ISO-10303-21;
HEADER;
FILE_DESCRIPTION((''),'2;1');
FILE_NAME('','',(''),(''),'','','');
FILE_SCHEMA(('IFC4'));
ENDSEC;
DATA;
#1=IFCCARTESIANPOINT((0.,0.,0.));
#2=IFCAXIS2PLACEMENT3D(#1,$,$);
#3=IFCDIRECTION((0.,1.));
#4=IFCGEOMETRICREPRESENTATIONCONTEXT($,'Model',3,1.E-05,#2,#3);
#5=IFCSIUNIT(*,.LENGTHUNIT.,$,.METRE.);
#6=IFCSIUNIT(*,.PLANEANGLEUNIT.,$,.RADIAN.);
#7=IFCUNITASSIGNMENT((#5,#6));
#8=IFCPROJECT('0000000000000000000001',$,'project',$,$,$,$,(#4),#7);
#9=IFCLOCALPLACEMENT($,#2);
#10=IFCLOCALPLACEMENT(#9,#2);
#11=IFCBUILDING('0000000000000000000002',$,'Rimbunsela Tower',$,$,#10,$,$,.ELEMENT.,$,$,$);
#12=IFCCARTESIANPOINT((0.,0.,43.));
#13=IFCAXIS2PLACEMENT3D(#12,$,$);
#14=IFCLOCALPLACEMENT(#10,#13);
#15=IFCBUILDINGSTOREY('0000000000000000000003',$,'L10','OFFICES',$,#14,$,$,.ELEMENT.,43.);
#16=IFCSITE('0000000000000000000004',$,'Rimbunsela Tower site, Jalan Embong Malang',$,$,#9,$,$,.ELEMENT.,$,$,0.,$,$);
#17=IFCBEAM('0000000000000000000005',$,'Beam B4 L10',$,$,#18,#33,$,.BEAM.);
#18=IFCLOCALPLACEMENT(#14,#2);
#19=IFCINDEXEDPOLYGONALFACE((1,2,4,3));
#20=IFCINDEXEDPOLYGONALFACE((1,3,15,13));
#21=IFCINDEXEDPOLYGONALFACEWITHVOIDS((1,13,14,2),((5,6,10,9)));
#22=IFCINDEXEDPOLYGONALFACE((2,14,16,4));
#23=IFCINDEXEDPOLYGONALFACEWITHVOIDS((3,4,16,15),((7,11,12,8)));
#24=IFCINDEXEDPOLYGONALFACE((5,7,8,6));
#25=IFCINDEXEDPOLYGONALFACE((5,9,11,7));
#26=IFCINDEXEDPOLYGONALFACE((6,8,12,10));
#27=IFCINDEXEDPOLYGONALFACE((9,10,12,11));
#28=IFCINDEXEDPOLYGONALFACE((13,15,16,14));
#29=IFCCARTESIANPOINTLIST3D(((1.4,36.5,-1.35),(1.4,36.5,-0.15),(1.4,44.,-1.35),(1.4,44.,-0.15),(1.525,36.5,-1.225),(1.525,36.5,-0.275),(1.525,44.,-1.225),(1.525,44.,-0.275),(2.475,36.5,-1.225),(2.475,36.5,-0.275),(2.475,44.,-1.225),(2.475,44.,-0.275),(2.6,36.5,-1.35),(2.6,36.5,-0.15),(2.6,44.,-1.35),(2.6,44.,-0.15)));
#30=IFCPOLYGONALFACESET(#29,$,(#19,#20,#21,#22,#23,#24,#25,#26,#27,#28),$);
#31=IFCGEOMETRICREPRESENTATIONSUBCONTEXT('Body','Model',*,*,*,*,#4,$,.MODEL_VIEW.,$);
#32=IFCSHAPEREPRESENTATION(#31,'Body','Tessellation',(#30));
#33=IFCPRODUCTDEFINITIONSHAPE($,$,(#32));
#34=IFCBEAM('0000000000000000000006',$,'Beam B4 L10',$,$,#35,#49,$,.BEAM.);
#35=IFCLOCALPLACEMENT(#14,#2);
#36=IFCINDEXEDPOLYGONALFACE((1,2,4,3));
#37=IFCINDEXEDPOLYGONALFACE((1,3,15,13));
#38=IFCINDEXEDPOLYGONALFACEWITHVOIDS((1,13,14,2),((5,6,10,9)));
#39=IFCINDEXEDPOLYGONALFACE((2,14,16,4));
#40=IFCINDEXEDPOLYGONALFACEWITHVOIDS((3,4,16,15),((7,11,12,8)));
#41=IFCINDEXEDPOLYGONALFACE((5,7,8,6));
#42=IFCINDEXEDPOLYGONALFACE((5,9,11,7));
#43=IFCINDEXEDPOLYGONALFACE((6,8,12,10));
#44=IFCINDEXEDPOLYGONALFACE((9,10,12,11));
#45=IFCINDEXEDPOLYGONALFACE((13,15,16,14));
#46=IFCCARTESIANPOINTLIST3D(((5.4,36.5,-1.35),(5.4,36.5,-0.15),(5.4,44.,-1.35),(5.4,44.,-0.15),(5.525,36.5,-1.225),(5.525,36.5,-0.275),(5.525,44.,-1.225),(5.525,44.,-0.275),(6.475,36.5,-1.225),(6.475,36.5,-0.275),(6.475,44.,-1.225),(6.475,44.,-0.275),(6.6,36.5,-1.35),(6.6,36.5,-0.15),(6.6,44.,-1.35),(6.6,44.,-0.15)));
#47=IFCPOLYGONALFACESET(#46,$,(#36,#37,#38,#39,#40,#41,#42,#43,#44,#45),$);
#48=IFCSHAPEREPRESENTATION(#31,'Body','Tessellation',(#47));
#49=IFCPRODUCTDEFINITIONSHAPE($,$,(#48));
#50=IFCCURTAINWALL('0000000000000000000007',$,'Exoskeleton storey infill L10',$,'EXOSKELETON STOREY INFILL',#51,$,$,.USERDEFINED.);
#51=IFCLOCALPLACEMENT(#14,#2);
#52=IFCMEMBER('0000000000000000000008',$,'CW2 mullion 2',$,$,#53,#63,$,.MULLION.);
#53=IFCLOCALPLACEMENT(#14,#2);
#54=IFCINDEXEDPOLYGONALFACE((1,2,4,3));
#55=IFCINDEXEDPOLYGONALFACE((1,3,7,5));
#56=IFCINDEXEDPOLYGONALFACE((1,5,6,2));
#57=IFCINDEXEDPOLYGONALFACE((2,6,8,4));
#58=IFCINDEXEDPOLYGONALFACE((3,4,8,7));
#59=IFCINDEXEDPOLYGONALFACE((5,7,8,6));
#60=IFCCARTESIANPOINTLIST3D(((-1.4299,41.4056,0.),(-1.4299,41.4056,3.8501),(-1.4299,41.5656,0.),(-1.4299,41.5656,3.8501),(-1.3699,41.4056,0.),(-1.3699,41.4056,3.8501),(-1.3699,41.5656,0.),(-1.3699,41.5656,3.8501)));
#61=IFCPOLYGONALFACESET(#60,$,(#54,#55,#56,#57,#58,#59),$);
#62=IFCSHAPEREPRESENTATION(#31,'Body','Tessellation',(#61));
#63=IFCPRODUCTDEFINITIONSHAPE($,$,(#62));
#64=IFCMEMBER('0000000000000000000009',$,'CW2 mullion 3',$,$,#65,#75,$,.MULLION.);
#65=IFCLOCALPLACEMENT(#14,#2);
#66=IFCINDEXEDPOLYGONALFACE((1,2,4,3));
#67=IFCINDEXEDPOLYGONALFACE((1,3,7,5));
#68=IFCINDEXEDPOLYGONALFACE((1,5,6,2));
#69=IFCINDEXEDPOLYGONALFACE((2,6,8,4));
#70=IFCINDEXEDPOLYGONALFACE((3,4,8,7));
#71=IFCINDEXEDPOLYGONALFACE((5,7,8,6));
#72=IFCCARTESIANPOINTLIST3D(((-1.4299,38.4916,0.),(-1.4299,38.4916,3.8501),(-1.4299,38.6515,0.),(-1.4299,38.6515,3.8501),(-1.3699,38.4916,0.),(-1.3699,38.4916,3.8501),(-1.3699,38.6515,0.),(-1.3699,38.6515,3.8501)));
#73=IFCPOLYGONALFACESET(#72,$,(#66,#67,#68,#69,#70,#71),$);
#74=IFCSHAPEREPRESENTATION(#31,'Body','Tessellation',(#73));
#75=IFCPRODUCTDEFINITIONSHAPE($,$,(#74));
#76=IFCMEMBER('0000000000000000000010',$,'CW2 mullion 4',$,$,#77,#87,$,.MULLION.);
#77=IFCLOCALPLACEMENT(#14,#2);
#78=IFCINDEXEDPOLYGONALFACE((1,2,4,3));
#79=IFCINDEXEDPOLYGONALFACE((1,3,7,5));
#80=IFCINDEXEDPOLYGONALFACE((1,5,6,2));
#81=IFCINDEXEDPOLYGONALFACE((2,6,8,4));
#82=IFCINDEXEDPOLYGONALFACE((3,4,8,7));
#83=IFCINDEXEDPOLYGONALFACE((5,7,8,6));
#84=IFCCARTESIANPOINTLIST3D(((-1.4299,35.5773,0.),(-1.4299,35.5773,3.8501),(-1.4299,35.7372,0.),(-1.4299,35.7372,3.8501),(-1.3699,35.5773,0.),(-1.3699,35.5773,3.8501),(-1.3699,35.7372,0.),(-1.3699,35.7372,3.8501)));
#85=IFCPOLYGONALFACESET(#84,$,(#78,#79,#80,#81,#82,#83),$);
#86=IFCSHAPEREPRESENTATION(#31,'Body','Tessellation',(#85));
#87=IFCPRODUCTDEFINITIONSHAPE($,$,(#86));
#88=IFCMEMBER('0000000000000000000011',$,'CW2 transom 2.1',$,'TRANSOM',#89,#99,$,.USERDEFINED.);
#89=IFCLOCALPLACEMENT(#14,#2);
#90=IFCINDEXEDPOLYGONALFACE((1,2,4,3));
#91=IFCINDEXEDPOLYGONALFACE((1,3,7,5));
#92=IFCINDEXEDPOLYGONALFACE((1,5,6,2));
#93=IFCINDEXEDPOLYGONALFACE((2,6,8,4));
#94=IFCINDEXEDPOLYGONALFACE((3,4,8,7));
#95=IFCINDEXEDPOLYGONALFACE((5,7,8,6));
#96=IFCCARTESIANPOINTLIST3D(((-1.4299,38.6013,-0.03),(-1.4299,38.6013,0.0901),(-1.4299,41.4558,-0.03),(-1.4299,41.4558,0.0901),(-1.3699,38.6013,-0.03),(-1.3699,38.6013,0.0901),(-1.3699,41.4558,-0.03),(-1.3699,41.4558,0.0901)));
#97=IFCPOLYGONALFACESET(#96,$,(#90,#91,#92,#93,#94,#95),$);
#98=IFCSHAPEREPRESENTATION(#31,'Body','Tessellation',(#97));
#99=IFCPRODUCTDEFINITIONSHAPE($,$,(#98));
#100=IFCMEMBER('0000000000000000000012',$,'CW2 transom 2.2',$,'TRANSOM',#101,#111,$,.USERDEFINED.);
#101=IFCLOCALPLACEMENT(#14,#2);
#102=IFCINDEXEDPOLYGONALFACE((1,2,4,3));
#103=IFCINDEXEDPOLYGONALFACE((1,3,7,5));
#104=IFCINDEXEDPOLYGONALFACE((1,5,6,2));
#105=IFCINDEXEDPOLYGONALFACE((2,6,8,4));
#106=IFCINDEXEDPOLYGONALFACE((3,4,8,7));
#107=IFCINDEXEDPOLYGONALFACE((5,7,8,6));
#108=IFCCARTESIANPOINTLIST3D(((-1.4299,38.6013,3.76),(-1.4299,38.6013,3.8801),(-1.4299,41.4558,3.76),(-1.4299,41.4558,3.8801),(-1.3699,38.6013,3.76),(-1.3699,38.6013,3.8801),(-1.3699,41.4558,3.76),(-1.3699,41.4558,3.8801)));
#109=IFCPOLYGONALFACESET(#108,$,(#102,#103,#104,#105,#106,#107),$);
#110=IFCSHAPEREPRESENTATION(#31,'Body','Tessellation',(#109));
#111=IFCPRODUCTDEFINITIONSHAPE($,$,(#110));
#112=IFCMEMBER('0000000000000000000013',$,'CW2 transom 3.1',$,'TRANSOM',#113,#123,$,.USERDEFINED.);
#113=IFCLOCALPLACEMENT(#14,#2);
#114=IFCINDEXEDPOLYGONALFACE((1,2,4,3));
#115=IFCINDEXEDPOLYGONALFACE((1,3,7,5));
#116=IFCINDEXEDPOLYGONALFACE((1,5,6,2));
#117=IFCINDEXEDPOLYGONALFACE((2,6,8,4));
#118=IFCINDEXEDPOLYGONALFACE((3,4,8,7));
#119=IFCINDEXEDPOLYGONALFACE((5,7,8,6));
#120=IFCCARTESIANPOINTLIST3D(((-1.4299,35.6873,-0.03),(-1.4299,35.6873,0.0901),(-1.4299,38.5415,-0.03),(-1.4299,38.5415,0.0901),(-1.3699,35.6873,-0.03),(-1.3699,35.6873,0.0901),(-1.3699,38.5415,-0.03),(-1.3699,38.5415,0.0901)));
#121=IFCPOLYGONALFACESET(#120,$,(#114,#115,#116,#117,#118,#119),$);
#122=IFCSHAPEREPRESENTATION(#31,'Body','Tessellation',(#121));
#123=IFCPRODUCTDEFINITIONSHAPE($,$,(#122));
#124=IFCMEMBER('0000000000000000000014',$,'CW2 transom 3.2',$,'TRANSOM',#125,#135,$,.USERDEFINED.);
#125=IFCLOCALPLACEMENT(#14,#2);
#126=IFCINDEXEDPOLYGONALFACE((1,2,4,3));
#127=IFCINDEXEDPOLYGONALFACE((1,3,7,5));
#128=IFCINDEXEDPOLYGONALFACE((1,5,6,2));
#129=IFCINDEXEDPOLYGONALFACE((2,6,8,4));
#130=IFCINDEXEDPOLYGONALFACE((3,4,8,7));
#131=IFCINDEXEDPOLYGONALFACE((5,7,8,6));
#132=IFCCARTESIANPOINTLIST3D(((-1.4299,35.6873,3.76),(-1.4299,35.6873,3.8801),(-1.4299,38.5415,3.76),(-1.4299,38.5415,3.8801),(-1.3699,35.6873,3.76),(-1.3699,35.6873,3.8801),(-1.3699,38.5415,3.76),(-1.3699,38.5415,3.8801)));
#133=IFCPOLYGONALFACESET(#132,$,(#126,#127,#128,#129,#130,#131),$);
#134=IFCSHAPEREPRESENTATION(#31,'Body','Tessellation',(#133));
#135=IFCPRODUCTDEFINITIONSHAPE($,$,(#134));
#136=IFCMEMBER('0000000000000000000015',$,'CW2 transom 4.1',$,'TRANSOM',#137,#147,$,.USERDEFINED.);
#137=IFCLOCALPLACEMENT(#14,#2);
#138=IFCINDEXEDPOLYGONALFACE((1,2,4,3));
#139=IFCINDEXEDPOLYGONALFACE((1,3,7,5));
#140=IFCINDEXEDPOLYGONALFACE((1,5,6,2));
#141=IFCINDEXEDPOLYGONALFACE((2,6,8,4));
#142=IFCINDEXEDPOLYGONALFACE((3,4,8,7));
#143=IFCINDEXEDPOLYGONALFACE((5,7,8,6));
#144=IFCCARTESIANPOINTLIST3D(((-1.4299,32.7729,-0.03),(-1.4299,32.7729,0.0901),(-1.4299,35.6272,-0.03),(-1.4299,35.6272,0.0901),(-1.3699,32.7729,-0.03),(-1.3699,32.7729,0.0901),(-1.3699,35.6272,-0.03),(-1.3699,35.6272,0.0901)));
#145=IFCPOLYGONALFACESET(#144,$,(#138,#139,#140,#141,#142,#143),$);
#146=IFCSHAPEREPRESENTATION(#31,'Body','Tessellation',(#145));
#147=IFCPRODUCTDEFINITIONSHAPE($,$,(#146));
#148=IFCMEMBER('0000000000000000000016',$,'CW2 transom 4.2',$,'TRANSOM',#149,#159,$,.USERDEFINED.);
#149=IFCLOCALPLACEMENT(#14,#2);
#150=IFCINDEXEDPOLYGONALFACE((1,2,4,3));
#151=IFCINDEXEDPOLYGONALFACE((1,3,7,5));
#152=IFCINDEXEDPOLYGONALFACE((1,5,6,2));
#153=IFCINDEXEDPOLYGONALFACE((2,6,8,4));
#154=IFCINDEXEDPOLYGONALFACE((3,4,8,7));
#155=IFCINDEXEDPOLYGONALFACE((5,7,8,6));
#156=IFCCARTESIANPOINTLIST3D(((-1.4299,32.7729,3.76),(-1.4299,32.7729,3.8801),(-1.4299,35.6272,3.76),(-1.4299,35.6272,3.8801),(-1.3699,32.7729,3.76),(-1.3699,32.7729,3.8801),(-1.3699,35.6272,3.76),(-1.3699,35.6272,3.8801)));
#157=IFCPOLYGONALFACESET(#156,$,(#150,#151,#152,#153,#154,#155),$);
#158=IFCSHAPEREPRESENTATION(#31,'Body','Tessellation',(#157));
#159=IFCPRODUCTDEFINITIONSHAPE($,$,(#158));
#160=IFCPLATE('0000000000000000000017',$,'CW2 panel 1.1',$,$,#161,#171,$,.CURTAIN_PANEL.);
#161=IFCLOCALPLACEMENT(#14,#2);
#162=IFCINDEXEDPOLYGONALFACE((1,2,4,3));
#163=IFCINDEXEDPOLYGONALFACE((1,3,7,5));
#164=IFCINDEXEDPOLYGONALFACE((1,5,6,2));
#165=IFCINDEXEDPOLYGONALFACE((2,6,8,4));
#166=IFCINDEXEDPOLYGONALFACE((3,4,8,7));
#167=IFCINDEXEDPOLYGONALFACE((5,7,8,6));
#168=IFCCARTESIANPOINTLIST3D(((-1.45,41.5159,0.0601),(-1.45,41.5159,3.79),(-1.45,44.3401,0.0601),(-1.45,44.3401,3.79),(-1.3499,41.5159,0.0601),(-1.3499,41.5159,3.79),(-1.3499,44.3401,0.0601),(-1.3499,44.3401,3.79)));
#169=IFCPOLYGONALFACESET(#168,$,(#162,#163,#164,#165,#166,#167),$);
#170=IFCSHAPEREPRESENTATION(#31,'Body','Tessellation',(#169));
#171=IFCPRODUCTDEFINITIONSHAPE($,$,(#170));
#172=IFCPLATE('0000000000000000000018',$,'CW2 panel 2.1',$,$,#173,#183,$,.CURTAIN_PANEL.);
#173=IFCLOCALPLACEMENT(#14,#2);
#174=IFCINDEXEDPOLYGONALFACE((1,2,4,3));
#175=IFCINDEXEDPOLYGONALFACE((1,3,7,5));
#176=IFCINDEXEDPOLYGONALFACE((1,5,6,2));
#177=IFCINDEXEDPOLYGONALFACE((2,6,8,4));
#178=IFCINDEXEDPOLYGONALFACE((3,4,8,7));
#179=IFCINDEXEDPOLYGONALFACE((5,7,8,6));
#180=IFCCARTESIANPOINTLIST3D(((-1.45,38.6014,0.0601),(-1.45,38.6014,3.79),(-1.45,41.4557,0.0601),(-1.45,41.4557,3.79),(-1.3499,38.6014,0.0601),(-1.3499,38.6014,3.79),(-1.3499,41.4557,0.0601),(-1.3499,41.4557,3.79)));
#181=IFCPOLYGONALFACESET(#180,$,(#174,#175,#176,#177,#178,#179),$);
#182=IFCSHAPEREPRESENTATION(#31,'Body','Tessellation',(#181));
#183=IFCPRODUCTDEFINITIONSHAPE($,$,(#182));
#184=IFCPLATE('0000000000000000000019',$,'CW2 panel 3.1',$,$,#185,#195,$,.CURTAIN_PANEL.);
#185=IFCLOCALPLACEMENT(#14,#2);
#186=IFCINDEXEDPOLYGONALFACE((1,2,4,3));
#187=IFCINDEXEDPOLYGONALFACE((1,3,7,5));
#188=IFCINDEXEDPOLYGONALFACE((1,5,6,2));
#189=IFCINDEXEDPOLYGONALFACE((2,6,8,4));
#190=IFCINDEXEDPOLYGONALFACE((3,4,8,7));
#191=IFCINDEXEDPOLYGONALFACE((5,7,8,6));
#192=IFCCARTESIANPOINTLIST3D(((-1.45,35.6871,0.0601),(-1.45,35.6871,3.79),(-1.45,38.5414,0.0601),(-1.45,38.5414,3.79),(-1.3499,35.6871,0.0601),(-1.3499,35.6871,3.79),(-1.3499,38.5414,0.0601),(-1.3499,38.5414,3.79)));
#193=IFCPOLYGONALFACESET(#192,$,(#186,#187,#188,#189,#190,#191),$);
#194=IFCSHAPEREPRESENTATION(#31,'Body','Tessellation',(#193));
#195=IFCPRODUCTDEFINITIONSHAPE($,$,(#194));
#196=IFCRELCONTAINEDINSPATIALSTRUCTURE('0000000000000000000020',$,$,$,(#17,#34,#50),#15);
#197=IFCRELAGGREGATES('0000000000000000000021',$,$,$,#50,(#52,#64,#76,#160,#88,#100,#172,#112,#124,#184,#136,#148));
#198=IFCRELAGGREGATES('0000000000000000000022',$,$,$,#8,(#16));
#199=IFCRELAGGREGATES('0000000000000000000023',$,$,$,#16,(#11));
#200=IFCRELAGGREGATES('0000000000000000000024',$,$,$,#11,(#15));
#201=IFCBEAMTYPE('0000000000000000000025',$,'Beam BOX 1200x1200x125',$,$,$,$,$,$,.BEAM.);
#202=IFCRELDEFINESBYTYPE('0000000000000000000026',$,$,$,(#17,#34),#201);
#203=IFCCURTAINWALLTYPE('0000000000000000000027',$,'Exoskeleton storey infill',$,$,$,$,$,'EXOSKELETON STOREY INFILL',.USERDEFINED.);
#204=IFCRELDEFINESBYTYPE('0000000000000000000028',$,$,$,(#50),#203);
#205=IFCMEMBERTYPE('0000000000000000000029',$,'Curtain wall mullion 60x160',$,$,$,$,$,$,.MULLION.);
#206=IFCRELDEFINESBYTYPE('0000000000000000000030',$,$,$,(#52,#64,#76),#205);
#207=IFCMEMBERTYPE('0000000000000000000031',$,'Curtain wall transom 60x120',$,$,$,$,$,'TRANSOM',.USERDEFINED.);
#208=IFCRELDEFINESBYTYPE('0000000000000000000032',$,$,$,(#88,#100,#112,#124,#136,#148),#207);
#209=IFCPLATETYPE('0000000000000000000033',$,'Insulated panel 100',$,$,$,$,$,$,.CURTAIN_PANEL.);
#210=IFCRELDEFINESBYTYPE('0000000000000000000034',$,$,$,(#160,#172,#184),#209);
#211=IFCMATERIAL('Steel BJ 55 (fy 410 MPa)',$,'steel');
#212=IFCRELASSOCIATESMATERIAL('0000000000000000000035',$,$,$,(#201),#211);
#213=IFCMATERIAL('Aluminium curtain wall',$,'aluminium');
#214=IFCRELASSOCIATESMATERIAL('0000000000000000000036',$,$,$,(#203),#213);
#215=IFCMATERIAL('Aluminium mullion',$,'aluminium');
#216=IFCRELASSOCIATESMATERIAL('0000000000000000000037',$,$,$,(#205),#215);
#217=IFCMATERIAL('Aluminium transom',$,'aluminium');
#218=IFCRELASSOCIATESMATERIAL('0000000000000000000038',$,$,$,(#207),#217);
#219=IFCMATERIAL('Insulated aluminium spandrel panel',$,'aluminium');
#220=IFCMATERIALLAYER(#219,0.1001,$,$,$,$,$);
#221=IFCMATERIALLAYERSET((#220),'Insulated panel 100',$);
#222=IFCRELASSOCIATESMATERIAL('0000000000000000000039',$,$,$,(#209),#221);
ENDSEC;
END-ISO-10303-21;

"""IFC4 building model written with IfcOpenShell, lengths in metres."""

from ifc_helpers import new_model, si_unit, direction, frame, origin, origin_2d, place, context, subcontext, project, spatial, rectangle, hollow_rectangle, extrude, material, layer, layer_set, material_profile, profile_set, type_object, element, aggregate, save


model = new_model("IFC4")

# Units and contexts
model_context = context("Model", 3, precision=1e-05, world=origin(), true_north=direction((0.0, 1.0)))
body_context = subcontext(model_context, "Body", "Model", "MODEL_VIEW")
ifc_project = project(units=[si_unit("LENGTHUNIT", "METRE"), si_unit("PLANEANGLEUNIT", "RADIAN")], contexts=[model_context])

# Site, building, storey
site_placement = place(None, origin())
site = spatial("IfcSite", under=ifc_project, at=site_placement, Name="Rimbunsela Tower site, Jalan Embong Malang", CompositionType="ELEMENT", RefElevation=0.0)
building_placement = place(site_placement, origin())
building = spatial("IfcBuilding", under=site, at=building_placement, Name="Rimbunsela Tower", CompositionType="ELEMENT")
storey_placement = place(building_placement, frame((0.0, 0.0, 43.0)))
storey = spatial("IfcBuildingStorey", under=building, at=storey_placement, Name="L10", Description="OFFICES", CompositionType="ELEMENT", Elevation=43.0)

# Beams
ifc_material_1 = material(Name="Steel BJ 55 (fy 410 MPa)", Category="steel")
ifc_material_profile_1 = material_profile(ifc_material_1, hollow_rectangle(XDim=1.2, YDim=1.2, WallThickness=0.125, at=origin_2d()), Name="BOX 1200x1200x125")
ifc_profile_set_1 = profile_set([ifc_material_profile_1], Name="Steel BJ 55 (fy 410 MPa)")
beam_type = type_object("IfcBeamType", Name="Beam BOX 1200x1200x125", PredefinedType="BEAM", material=ifc_profile_set_1)
for number, where, z_axis, x_axis, name in (
    (1, (2.0, 36.5, -0.75), (0.0, 1.0, 0.0), (-1.0, 0.0, 0.0), "Beam B4 L10"),
    (2, (6.0, 36.5, -0.75), (0.0, 1.0, 0.0), (-1.0, 0.0, 0.0), "Beam B4 L10"),
):
    element("IfcBeam", number, at=place(storey_placement, frame(where, z_axis=z_axis, x_axis=x_axis)), inside=storey, type_object=beam_type, Name=name, PredefinedType="BEAM", context=body_context, shape_type="SweptSolid", body=[
        extrude(hollow_rectangle(XDim=1.2, YDim=1.2, WallThickness=0.125, at=origin_2d()), origin(), (0.0, 0.0, 1.0), 7.5),
    ])

# Curtain wall, members, plates
ifc_material_2 = material(Name="Aluminium curtain wall", Category="aluminium")
curtain_wall_type = type_object("IfcCurtainWallType", Name="Exoskeleton storey infill", ElementType="EXOSKELETON STOREY INFILL", PredefinedType="USERDEFINED", material=ifc_material_2)
curtain_wall_placement = place(storey_placement, origin())
curtain_wall = element("IfcCurtainWall", 3, at=curtain_wall_placement, inside=storey, type_object=curtain_wall_type, Name="Exoskeleton storey infill L10", ObjectType="EXOSKELETON STOREY INFILL", PredefinedType="USERDEFINED")
ifc_material_3 = material(Name="Aluminium mullion", Category="aluminium")
ifc_material_profile_2 = material_profile(ifc_material_3, rectangle(XDim=0.0601, YDim=0.1599, at=origin_2d()), Name="Mullion 60x160")
ifc_profile_set_2 = profile_set([ifc_material_profile_2], Name="Aluminium mullion")
member_type_1 = type_object("IfcMemberType", Name="Curtain wall mullion 60x160", PredefinedType="MULLION", material=ifc_profile_set_2)
member_1_placement = place(storey_placement, frame((-1.3999, 41.4856, 0.0), z_axis=(0.0, 0.0, 1.0), x_axis=(1.0, 0.0, 0.0)))
member_1 = element("IfcMember", 4, at=member_1_placement, type_object=member_type_1, Name="CW2 mullion 2", PredefinedType="MULLION", context=body_context, shape_type="SweptSolid", body=[
    extrude(rectangle(XDim=0.0601, YDim=0.1599, at=origin_2d()), origin(), (0.0, 0.0, 1.0), 3.8501),
])
member_2_placement = place(storey_placement, frame((-1.3999, 38.5715, 0.0), z_axis=(0.0, 0.0, 1.0), x_axis=(1.0, 0.0, 0.0)))
member_2 = element("IfcMember", 5, at=member_2_placement, type_object=member_type_1, Name="CW2 mullion 3", PredefinedType="MULLION", context=body_context, shape_type="SweptSolid", body=[
    extrude(rectangle(XDim=0.0601, YDim=0.1599, at=origin_2d()), origin(), (0.0, 0.0, 1.0), 3.8501),
])
member_3_placement = place(storey_placement, frame((-1.3999, 35.6572, 0.0), z_axis=(0.0, 0.0, 1.0), x_axis=(1.0, 0.0, 0.0)))
member_3 = element("IfcMember", 6, at=member_3_placement, type_object=member_type_1, Name="CW2 mullion 4", PredefinedType="MULLION", context=body_context, shape_type="SweptSolid", body=[
    extrude(rectangle(XDim=0.0601, YDim=0.1599, at=origin_2d()), origin(), (0.0, 0.0, 1.0), 3.8501),
])
ifc_material_4 = material(Name="Aluminium transom", Category="aluminium")
ifc_material_profile_3 = material_profile(ifc_material_4, rectangle(XDim=0.0601, YDim=0.1201, at=origin_2d()), Name="Transom 60x120")
ifc_profile_set_3 = profile_set([ifc_material_profile_3], Name="Aluminium transom")
member_type_2 = type_object("IfcMemberType", Name="Curtain wall transom 60x120", ElementType="TRANSOM", PredefinedType="USERDEFINED", material=ifc_profile_set_3)
member_4_placement = place(storey_placement, frame((-1.3999, 41.4558, 0.03), z_axis=(0.0, -1.0, 0.0), x_axis=(1.0, 0.0, 0.0)))
member_4 = element("IfcMember", 7, at=member_4_placement, type_object=member_type_2, Name="CW2 transom 2.1", ObjectType="TRANSOM", PredefinedType="USERDEFINED", context=body_context, shape_type="SweptSolid", body=[
    extrude(rectangle(XDim=0.0601, YDim=0.1201, at=origin_2d()), origin(), (0.0, 0.0, 1.0), 2.8545),
])
member_5_placement = place(storey_placement, frame((-1.3999, 41.4558, 3.8201), z_axis=(0.0, -1.0, 0.0), x_axis=(1.0, 0.0, 0.0)))
member_5 = element("IfcMember", 8, at=member_5_placement, type_object=member_type_2, Name="CW2 transom 2.2", ObjectType="TRANSOM", PredefinedType="USERDEFINED", context=body_context, shape_type="SweptSolid", body=[
    extrude(rectangle(XDim=0.0601, YDim=0.1201, at=origin_2d()), origin(), (0.0, 0.0, 1.0), 2.8545),
])
member_6_placement = place(storey_placement, frame((-1.3999, 38.5415, 0.03), z_axis=(0.0, -1.0, 0.0), x_axis=(1.0, 0.0, 0.0)))
member_6 = element("IfcMember", 9, at=member_6_placement, type_object=member_type_2, Name="CW2 transom 3.1", ObjectType="TRANSOM", PredefinedType="USERDEFINED", context=body_context, shape_type="SweptSolid", body=[
    extrude(rectangle(XDim=0.0601, YDim=0.1201, at=origin_2d()), origin(), (0.0, 0.0, 1.0), 2.8542),
])
member_7_placement = place(storey_placement, frame((-1.3999, 38.5415, 3.8201), z_axis=(0.0, -1.0, 0.0), x_axis=(1.0, 0.0, 0.0)))
member_7 = element("IfcMember", 10, at=member_7_placement, type_object=member_type_2, Name="CW2 transom 3.2", ObjectType="TRANSOM", PredefinedType="USERDEFINED", context=body_context, shape_type="SweptSolid", body=[
    extrude(rectangle(XDim=0.0601, YDim=0.1201, at=origin_2d()), origin(), (0.0, 0.0, 1.0), 2.8542),
])
member_8_placement = place(storey_placement, frame((-1.3999, 35.6272, 0.03), z_axis=(0.0, -1.0, 0.0), x_axis=(1.0, 0.0, 0.0)))
member_8 = element("IfcMember", 11, at=member_8_placement, type_object=member_type_2, Name="CW2 transom 4.1", ObjectType="TRANSOM", PredefinedType="USERDEFINED", context=body_context, shape_type="SweptSolid", body=[
    extrude(rectangle(XDim=0.0601, YDim=0.1201, at=origin_2d()), origin(), (0.0, 0.0, 1.0), 2.8542),
])
member_9_placement = place(storey_placement, frame((-1.3999, 35.6272, 3.8201), z_axis=(0.0, -1.0, 0.0), x_axis=(1.0, 0.0, 0.0)))
member_9 = element("IfcMember", 12, at=member_9_placement, type_object=member_type_2, Name="CW2 transom 4.2", ObjectType="TRANSOM", PredefinedType="USERDEFINED", context=body_context, shape_type="SweptSolid", body=[
    extrude(rectangle(XDim=0.0601, YDim=0.1201, at=origin_2d()), origin(), (0.0, 0.0, 1.0), 2.8542),
])
ifc_material_5 = material(Name="Insulated aluminium spandrel panel", Category="aluminium")
ifc_layer_1 = layer(ifc_material_5, 0.1001)
ifc_layer_set_1 = layer_set([ifc_layer_1], Name="Insulated panel 100")
plate_type = type_object("IfcPlateType", Name="Insulated panel 100", PredefinedType="CURTAIN_PANEL", material=ifc_layer_set_1)
plate_1_placement = place(storey_placement, frame((-1.3999, 42.928, 0.0601), z_axis=(0.0, 0.0, 1.0), x_axis=(0.0, -1.0, 0.0)))
plate_1 = element("IfcPlate", 13, at=plate_1_placement, type_object=plate_type, Name="CW2 panel 1.1", PredefinedType="CURTAIN_PANEL", context=body_context, shape_type="SweptSolid", body=[
    extrude(rectangle(XDim=2.8242, YDim=0.1001, at=origin_2d()), origin(), (0.0, 0.0, 1.0), 3.73),
])
plate_2_placement = place(storey_placement, frame((-1.3999, 40.0286, 0.0601), z_axis=(0.0, 0.0, 1.0), x_axis=(0.0, -1.0, 0.0)))
plate_2 = element("IfcPlate", 14, at=plate_2_placement, type_object=plate_type, Name="CW2 panel 2.1", PredefinedType="CURTAIN_PANEL", context=body_context, shape_type="SweptSolid", body=[
    extrude(rectangle(XDim=2.8542, YDim=0.1001, at=origin_2d()), origin(), (0.0, 0.0, 1.0), 3.73),
])
plate_3_placement = place(storey_placement, frame((-1.3999, 37.1143, 0.0601), z_axis=(0.0, 0.0, 1.0), x_axis=(0.0, -1.0, 0.0)))
plate_3 = element("IfcPlate", 15, at=plate_3_placement, type_object=plate_type, Name="CW2 panel 3.1", PredefinedType="CURTAIN_PANEL", context=body_context, shape_type="SweptSolid", body=[
    extrude(rectangle(XDim=2.8542, YDim=0.1001, at=origin_2d()), origin(), (0.0, 0.0, 1.0), 3.73),
])
aggregate(curtain_wall, [member_1, member_2, member_3, plate_1, member_4, member_5, plate_2, member_6, member_7, plate_3, member_8, member_9])

save(model, "model.ifc")
